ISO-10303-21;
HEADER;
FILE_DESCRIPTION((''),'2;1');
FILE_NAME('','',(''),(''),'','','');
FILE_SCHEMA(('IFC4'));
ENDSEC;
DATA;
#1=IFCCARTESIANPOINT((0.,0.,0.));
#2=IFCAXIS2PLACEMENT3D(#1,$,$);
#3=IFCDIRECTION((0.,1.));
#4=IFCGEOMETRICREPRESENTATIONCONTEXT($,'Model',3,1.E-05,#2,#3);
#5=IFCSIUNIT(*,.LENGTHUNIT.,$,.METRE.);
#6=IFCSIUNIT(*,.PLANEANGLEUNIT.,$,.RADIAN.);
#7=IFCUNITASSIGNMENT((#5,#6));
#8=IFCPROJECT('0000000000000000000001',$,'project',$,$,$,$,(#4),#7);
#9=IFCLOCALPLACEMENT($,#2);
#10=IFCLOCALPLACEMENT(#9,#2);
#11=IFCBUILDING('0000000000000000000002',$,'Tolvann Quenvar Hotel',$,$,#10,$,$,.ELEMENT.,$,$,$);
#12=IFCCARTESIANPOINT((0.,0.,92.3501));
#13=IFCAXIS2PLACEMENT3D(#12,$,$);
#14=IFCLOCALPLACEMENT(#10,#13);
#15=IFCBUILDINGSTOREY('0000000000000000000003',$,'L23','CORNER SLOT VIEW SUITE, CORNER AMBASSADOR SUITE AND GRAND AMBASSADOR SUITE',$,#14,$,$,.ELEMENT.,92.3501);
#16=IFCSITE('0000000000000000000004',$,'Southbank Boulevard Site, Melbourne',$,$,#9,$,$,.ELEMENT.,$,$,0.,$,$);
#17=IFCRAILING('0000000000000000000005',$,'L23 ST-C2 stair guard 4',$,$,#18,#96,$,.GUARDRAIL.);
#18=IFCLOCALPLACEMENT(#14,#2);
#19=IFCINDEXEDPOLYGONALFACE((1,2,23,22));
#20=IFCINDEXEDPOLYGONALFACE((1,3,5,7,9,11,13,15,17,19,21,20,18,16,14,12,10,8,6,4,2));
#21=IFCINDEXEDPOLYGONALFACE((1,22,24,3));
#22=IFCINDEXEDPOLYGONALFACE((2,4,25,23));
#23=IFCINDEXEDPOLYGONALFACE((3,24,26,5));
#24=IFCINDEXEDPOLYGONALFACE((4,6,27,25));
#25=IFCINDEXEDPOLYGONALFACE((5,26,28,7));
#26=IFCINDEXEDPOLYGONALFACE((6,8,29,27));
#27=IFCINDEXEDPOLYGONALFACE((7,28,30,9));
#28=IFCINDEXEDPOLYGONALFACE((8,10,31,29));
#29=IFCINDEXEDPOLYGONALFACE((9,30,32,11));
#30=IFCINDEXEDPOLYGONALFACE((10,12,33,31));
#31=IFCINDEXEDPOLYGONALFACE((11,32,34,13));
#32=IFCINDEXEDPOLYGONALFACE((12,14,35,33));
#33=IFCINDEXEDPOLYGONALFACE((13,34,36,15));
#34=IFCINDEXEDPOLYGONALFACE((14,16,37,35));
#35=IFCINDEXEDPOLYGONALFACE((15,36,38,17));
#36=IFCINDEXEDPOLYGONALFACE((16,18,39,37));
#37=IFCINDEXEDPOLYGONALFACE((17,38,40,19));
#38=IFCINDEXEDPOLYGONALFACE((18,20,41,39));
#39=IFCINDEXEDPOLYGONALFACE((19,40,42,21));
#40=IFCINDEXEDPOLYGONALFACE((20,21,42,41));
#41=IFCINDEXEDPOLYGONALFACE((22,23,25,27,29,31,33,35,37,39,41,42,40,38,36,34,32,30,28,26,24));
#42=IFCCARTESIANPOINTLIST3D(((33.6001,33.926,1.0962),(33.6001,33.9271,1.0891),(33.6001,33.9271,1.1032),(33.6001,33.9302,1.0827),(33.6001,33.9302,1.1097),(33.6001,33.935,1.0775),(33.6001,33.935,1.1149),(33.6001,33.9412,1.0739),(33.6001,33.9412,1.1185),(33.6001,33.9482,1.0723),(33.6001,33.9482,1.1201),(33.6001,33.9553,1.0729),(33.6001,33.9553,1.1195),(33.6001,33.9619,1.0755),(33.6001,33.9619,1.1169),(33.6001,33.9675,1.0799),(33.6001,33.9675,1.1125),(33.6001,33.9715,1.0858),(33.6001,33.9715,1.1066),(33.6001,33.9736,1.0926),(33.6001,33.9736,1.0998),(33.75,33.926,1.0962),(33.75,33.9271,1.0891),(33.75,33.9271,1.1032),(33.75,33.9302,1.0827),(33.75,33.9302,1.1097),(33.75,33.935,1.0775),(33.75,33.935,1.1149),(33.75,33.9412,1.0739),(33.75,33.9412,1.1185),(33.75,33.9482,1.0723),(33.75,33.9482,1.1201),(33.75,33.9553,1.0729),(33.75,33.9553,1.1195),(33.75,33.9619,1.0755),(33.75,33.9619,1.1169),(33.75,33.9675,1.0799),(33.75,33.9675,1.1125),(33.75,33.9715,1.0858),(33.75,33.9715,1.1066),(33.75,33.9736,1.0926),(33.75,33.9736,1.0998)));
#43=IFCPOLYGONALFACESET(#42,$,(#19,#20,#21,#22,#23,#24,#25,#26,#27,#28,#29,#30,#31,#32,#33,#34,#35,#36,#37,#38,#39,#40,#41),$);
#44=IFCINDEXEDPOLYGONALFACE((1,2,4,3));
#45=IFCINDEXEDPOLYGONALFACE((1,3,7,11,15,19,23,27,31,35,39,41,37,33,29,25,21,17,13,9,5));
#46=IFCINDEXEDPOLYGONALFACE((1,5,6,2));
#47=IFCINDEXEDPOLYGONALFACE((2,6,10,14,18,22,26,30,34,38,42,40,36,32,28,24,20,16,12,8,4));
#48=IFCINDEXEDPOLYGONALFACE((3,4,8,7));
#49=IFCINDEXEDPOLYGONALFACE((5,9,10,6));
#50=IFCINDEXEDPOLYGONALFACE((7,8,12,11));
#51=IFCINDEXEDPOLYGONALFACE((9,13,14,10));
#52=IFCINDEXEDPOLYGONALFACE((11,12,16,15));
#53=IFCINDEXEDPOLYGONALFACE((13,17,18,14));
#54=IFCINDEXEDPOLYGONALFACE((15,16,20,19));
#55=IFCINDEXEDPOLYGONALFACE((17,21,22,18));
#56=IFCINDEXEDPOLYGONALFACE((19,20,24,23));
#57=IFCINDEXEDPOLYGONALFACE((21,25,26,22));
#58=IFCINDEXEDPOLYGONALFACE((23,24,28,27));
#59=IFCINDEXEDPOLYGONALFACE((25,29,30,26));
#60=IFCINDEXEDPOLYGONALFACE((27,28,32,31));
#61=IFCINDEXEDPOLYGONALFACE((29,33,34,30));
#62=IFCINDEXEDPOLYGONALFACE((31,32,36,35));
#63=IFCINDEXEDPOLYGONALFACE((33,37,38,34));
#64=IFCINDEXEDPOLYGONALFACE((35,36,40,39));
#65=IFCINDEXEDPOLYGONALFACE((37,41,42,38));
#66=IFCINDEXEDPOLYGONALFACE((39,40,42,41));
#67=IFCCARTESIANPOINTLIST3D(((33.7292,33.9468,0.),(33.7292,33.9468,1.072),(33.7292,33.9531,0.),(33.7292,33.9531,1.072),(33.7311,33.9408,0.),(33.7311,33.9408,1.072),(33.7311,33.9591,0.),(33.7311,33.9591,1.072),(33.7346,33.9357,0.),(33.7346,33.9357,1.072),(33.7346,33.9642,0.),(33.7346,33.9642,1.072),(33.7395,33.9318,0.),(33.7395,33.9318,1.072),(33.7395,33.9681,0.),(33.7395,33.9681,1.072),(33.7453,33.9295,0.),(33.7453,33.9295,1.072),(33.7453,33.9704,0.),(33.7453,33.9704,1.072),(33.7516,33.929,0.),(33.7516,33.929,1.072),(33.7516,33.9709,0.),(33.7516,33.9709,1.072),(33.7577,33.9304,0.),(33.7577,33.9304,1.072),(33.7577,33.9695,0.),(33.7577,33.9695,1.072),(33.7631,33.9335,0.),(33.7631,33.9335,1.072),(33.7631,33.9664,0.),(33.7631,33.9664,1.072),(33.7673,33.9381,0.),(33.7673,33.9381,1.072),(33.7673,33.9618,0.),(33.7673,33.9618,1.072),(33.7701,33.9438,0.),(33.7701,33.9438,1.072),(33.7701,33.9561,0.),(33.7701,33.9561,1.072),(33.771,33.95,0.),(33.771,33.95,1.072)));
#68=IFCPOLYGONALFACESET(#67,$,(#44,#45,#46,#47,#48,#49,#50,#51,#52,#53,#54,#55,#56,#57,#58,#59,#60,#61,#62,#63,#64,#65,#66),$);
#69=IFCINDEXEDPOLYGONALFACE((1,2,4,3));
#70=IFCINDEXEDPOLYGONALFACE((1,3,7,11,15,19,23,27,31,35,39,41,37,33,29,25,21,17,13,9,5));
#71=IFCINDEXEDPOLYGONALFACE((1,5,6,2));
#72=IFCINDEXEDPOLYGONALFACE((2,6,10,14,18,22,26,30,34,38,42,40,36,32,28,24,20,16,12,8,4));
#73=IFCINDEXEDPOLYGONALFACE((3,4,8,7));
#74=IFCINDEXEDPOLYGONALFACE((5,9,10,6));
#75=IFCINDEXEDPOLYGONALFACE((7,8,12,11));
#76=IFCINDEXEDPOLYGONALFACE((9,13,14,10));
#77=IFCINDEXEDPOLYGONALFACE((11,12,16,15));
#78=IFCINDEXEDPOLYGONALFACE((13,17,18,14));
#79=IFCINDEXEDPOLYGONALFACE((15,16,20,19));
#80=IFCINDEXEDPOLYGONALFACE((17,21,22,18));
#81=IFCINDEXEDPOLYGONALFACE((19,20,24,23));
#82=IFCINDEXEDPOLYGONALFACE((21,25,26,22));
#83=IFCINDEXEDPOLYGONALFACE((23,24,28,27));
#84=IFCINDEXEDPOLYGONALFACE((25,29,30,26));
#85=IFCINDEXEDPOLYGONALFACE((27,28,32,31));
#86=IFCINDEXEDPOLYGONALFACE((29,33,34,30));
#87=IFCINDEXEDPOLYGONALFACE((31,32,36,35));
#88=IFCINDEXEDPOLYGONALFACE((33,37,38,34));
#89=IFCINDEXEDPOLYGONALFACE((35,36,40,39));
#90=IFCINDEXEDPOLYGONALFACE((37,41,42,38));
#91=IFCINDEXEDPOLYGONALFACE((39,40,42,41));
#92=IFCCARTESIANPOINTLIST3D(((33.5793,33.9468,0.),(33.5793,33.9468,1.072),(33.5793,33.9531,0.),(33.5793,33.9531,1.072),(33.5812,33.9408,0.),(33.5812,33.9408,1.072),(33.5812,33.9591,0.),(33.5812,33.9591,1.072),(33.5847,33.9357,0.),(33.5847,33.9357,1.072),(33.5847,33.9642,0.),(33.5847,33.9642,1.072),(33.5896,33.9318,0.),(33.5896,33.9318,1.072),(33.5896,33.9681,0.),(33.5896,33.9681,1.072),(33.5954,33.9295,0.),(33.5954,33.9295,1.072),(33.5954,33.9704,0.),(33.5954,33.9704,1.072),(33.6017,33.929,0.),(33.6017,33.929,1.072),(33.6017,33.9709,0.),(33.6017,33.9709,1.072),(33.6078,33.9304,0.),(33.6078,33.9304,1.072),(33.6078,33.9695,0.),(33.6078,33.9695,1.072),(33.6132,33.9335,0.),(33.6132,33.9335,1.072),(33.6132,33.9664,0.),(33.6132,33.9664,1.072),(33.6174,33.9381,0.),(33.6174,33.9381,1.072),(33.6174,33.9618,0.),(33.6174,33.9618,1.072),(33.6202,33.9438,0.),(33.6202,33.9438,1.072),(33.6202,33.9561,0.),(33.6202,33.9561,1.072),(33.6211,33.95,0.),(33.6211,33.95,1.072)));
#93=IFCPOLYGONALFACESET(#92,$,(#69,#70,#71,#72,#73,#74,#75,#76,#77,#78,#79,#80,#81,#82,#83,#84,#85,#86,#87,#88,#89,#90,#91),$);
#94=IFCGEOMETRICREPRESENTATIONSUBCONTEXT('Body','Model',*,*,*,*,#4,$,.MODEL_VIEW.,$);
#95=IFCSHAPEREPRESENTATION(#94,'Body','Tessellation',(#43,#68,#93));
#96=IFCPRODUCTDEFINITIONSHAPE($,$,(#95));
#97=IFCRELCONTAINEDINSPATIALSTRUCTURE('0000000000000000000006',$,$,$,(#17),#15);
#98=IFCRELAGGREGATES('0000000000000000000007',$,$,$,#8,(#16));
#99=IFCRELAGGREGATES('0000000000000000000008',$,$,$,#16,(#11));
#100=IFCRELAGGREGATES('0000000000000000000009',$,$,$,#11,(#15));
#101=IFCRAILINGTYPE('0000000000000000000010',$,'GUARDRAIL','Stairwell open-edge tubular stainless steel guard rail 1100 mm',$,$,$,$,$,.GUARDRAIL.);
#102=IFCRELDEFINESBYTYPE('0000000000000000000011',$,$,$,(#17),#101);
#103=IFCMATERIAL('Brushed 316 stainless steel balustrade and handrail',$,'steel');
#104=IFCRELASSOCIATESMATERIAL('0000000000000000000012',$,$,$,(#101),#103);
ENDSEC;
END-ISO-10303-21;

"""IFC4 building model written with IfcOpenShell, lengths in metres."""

from ifc_helpers import new_model, si_unit, direction, frame, origin, origin_2d, place, context, subcontext, project, spatial, circle, extrude, material, type_object, element, save


model = new_model("IFC4")

# Units and contexts
model_context = context("Model", 3, precision=1e-05, world=origin(), true_north=direction((0.0, 1.0)))
body_context = subcontext(model_context, "Body", "Model", "MODEL_VIEW")
ifc_project = project(units=[si_unit("LENGTHUNIT", "METRE"), si_unit("PLANEANGLEUNIT", "RADIAN")], contexts=[model_context])

# Site, building, storey
site_placement = place(None, origin())
site = spatial("IfcSite", under=ifc_project, at=site_placement, Name="Southbank Boulevard Site, Melbourne", CompositionType="ELEMENT", RefElevation=0.0)
building_placement = place(site_placement, origin())
building = spatial("IfcBuilding", under=site, at=building_placement, Name="Tolvann Quenvar Hotel", CompositionType="ELEMENT")
storey_placement = place(building_placement, frame((0.0, 0.0, 92.3501)))
storey = spatial("IfcBuildingStorey", under=building, at=storey_placement, Name="L23", Description="CORNER SLOT VIEW SUITE, CORNER AMBASSADOR SUITE AND GRAND AMBASSADOR SUITE", CompositionType="ELEMENT", Elevation=92.3501)

# Railing
ifc_material_1 = material(Name="Brushed 316 stainless steel balustrade and handrail", Category="steel")
railing_type_1 = type_object("IfcRailingType", Name="GUARDRAIL", Description="Stairwell open-edge tubular stainless steel guard rail 1100 mm", PredefinedType="GUARDRAIL", material=ifc_material_1)
railing_1_placement = place(storey_placement, frame((33.75, 33.95, 0.0)))
element("IfcRailing", 1, at=railing_1_placement, inside=storey, type_object=railing_type_1, Name="L23 ST-C2 stair guard 4", PredefinedType="GUARDRAIL", context=body_context, shape_type="SweptSolid", body=[
    extrude(circle(Radius=0.0239, at=origin_2d()), frame((0.0, 0.0, 1.0962), z_axis=(-1.0, 0.0, 0.0), x_axis=(0.0, -1.0, 0.0)), (0.0, 0.0, 1.0), 0.1499),
    extrude(circle(Radius=0.021, at=origin_2d()), origin(), (0.0, 0.0, 1.0), 1.072),
    extrude(circle(Radius=0.021, at=origin_2d()), frame((-0.1499, 0.0, 0.0)), (0.0, 0.0, 1.0), 1.072),
])

save(model, "model.ifc")
